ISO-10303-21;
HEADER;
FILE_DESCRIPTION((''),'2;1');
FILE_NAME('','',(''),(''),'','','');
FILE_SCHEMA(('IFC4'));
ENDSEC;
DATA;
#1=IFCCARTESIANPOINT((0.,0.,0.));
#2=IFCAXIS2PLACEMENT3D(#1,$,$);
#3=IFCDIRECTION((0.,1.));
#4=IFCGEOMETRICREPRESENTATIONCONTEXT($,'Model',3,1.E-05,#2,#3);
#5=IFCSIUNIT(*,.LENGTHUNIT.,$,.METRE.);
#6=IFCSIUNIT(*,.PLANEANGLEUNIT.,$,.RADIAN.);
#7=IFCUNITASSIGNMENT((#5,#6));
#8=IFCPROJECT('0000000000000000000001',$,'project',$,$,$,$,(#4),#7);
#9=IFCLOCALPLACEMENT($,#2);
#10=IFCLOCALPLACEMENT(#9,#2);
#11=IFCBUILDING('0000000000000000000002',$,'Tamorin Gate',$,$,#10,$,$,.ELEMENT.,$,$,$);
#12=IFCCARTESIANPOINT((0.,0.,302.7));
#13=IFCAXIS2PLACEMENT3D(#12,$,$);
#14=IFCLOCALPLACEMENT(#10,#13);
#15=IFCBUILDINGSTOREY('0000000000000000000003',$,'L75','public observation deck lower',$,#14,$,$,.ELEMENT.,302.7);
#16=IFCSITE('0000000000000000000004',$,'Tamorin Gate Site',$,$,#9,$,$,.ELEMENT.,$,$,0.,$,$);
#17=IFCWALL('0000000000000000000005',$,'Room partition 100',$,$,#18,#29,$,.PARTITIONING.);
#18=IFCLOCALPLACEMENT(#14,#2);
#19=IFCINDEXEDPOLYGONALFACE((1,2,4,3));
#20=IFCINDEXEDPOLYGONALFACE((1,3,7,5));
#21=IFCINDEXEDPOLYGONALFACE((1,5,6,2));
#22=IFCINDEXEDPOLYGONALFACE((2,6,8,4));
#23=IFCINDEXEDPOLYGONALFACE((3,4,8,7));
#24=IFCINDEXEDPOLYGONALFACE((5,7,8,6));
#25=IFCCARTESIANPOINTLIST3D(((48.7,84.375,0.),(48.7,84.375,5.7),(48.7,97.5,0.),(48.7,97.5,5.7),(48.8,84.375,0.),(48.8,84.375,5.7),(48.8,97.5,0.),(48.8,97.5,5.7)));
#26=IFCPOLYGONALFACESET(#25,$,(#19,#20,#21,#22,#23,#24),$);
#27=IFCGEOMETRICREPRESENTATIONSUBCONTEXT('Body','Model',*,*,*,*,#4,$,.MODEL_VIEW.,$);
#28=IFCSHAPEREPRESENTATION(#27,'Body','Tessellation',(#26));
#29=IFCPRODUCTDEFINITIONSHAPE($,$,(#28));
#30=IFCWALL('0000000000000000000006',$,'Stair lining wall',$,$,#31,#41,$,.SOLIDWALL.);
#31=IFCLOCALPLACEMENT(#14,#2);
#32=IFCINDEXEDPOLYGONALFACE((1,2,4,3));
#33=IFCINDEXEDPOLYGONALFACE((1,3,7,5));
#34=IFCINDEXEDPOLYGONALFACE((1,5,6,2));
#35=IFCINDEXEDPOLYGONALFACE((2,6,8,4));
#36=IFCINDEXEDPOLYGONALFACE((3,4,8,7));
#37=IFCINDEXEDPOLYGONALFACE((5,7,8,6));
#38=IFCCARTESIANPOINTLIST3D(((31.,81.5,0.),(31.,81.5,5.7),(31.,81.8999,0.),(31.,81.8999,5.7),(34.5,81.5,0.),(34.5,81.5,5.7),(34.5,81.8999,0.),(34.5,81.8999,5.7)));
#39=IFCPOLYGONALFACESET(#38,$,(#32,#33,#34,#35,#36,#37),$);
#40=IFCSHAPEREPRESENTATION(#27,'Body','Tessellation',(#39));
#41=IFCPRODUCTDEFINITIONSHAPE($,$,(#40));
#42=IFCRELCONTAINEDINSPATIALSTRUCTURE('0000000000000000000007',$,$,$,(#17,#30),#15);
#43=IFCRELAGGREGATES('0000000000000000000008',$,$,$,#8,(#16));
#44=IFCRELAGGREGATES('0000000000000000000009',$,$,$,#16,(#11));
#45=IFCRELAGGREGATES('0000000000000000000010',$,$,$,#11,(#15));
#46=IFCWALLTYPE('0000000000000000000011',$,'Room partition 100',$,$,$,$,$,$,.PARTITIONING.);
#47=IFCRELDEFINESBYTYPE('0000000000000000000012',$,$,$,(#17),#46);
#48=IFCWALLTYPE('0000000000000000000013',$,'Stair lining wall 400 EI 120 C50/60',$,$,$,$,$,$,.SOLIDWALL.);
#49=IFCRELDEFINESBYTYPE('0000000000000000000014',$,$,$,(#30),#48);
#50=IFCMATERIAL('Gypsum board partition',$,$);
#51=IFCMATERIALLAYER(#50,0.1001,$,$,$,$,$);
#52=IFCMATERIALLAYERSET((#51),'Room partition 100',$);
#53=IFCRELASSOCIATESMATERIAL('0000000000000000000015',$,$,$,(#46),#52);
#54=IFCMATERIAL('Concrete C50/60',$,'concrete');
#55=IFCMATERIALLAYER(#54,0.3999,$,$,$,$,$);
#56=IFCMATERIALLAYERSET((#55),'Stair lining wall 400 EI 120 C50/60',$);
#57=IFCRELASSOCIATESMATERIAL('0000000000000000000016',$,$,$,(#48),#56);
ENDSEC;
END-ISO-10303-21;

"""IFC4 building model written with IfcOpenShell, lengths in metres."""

from ifc_helpers import new_model, si_unit, direction, frame, frame_2d, origin, place, context, subcontext, project, spatial, rectangle, extrude, material, layer, layer_set, type_object, element, save


model = new_model("IFC4")

# Units and contexts
model_context = context("Model", 3, precision=1e-05, world=origin(), true_north=direction((0.0, 1.0)))
body_context = subcontext(model_context, "Body", "Model", "MODEL_VIEW")
ifc_project = project(units=[si_unit("LENGTHUNIT", "METRE"), si_unit("PLANEANGLEUNIT", "RADIAN")], contexts=[model_context])

# Site, building, storey
site_placement = place(None, origin())
site = spatial("IfcSite", under=ifc_project, at=site_placement, Name="Tamorin Gate Site", CompositionType="ELEMENT", RefElevation=0.0)
building_placement = place(site_placement, origin())
building = spatial("IfcBuilding", under=site, at=building_placement, Name="Tamorin Gate", CompositionType="ELEMENT")
storey_placement = place(building_placement, frame((0.0, 0.0, 302.7)))
storey = spatial("IfcBuildingStorey", under=building, at=storey_placement, Name="L75", Description="public observation deck lower", CompositionType="ELEMENT", Elevation=302.7)

# Shared definitions
ifc_material_1 = material(Name="Concrete C50/60", Category="concrete")

# Shared definitions
ifc_material_2 = material(Name="Gypsum board partition")

# Walls
ifc_layer_1 = layer(ifc_material_2, 0.1001)
ifc_layer_set_1 = layer_set([ifc_layer_1], Name="Room partition 100")
wall_type_1 = type_object("IfcWallType", Name="Room partition 100", PredefinedType="PARTITIONING", material=ifc_layer_set_1)
wall_1_placement = place(storey_placement, frame((48.75, 84.375, 0.0), z_axis=(0.0, 0.0, 1.0), x_axis=(0.0, 1.0, 0.0)))
element("IfcWall", 1, at=wall_1_placement, inside=storey, type_object=wall_type_1, Name="Room partition 100", PredefinedType="PARTITIONING", context=body_context, shape_type="SweptSolid", body=[
    extrude(rectangle(XDim=13.125, YDim=0.1001, at=frame_2d((6.5625, 0.0))), origin(), (0.0, 0.0, 1.0), 5.7),
])
ifc_layer_2 = layer(ifc_material_1, 0.3999)
ifc_layer_set_2 = layer_set([ifc_layer_2], Name="Stair lining wall 400 EI 120 C50/60")
wall_type_2 = type_object("IfcWallType", Name="Stair lining wall 400 EI 120 C50/60", PredefinedType="SOLIDWALL", material=ifc_layer_set_2)
wall_2_placement = place(storey_placement, frame((31.0, 81.7, 0.0), z_axis=(0.0, 0.0, 1.0), x_axis=(1.0, 0.0, 0.0)))
element("IfcWall", 2, at=wall_2_placement, inside=storey, type_object=wall_type_2, Name="Stair lining wall", PredefinedType="SOLIDWALL", context=body_context, shape_type="SweptSolid", body=[
    extrude(rectangle(XDim=3.5, YDim=0.3999, at=frame_2d((1.75, 0.0))), origin(), (0.0, 0.0, 1.0), 5.7),
])

save(model, "model.ifc")
